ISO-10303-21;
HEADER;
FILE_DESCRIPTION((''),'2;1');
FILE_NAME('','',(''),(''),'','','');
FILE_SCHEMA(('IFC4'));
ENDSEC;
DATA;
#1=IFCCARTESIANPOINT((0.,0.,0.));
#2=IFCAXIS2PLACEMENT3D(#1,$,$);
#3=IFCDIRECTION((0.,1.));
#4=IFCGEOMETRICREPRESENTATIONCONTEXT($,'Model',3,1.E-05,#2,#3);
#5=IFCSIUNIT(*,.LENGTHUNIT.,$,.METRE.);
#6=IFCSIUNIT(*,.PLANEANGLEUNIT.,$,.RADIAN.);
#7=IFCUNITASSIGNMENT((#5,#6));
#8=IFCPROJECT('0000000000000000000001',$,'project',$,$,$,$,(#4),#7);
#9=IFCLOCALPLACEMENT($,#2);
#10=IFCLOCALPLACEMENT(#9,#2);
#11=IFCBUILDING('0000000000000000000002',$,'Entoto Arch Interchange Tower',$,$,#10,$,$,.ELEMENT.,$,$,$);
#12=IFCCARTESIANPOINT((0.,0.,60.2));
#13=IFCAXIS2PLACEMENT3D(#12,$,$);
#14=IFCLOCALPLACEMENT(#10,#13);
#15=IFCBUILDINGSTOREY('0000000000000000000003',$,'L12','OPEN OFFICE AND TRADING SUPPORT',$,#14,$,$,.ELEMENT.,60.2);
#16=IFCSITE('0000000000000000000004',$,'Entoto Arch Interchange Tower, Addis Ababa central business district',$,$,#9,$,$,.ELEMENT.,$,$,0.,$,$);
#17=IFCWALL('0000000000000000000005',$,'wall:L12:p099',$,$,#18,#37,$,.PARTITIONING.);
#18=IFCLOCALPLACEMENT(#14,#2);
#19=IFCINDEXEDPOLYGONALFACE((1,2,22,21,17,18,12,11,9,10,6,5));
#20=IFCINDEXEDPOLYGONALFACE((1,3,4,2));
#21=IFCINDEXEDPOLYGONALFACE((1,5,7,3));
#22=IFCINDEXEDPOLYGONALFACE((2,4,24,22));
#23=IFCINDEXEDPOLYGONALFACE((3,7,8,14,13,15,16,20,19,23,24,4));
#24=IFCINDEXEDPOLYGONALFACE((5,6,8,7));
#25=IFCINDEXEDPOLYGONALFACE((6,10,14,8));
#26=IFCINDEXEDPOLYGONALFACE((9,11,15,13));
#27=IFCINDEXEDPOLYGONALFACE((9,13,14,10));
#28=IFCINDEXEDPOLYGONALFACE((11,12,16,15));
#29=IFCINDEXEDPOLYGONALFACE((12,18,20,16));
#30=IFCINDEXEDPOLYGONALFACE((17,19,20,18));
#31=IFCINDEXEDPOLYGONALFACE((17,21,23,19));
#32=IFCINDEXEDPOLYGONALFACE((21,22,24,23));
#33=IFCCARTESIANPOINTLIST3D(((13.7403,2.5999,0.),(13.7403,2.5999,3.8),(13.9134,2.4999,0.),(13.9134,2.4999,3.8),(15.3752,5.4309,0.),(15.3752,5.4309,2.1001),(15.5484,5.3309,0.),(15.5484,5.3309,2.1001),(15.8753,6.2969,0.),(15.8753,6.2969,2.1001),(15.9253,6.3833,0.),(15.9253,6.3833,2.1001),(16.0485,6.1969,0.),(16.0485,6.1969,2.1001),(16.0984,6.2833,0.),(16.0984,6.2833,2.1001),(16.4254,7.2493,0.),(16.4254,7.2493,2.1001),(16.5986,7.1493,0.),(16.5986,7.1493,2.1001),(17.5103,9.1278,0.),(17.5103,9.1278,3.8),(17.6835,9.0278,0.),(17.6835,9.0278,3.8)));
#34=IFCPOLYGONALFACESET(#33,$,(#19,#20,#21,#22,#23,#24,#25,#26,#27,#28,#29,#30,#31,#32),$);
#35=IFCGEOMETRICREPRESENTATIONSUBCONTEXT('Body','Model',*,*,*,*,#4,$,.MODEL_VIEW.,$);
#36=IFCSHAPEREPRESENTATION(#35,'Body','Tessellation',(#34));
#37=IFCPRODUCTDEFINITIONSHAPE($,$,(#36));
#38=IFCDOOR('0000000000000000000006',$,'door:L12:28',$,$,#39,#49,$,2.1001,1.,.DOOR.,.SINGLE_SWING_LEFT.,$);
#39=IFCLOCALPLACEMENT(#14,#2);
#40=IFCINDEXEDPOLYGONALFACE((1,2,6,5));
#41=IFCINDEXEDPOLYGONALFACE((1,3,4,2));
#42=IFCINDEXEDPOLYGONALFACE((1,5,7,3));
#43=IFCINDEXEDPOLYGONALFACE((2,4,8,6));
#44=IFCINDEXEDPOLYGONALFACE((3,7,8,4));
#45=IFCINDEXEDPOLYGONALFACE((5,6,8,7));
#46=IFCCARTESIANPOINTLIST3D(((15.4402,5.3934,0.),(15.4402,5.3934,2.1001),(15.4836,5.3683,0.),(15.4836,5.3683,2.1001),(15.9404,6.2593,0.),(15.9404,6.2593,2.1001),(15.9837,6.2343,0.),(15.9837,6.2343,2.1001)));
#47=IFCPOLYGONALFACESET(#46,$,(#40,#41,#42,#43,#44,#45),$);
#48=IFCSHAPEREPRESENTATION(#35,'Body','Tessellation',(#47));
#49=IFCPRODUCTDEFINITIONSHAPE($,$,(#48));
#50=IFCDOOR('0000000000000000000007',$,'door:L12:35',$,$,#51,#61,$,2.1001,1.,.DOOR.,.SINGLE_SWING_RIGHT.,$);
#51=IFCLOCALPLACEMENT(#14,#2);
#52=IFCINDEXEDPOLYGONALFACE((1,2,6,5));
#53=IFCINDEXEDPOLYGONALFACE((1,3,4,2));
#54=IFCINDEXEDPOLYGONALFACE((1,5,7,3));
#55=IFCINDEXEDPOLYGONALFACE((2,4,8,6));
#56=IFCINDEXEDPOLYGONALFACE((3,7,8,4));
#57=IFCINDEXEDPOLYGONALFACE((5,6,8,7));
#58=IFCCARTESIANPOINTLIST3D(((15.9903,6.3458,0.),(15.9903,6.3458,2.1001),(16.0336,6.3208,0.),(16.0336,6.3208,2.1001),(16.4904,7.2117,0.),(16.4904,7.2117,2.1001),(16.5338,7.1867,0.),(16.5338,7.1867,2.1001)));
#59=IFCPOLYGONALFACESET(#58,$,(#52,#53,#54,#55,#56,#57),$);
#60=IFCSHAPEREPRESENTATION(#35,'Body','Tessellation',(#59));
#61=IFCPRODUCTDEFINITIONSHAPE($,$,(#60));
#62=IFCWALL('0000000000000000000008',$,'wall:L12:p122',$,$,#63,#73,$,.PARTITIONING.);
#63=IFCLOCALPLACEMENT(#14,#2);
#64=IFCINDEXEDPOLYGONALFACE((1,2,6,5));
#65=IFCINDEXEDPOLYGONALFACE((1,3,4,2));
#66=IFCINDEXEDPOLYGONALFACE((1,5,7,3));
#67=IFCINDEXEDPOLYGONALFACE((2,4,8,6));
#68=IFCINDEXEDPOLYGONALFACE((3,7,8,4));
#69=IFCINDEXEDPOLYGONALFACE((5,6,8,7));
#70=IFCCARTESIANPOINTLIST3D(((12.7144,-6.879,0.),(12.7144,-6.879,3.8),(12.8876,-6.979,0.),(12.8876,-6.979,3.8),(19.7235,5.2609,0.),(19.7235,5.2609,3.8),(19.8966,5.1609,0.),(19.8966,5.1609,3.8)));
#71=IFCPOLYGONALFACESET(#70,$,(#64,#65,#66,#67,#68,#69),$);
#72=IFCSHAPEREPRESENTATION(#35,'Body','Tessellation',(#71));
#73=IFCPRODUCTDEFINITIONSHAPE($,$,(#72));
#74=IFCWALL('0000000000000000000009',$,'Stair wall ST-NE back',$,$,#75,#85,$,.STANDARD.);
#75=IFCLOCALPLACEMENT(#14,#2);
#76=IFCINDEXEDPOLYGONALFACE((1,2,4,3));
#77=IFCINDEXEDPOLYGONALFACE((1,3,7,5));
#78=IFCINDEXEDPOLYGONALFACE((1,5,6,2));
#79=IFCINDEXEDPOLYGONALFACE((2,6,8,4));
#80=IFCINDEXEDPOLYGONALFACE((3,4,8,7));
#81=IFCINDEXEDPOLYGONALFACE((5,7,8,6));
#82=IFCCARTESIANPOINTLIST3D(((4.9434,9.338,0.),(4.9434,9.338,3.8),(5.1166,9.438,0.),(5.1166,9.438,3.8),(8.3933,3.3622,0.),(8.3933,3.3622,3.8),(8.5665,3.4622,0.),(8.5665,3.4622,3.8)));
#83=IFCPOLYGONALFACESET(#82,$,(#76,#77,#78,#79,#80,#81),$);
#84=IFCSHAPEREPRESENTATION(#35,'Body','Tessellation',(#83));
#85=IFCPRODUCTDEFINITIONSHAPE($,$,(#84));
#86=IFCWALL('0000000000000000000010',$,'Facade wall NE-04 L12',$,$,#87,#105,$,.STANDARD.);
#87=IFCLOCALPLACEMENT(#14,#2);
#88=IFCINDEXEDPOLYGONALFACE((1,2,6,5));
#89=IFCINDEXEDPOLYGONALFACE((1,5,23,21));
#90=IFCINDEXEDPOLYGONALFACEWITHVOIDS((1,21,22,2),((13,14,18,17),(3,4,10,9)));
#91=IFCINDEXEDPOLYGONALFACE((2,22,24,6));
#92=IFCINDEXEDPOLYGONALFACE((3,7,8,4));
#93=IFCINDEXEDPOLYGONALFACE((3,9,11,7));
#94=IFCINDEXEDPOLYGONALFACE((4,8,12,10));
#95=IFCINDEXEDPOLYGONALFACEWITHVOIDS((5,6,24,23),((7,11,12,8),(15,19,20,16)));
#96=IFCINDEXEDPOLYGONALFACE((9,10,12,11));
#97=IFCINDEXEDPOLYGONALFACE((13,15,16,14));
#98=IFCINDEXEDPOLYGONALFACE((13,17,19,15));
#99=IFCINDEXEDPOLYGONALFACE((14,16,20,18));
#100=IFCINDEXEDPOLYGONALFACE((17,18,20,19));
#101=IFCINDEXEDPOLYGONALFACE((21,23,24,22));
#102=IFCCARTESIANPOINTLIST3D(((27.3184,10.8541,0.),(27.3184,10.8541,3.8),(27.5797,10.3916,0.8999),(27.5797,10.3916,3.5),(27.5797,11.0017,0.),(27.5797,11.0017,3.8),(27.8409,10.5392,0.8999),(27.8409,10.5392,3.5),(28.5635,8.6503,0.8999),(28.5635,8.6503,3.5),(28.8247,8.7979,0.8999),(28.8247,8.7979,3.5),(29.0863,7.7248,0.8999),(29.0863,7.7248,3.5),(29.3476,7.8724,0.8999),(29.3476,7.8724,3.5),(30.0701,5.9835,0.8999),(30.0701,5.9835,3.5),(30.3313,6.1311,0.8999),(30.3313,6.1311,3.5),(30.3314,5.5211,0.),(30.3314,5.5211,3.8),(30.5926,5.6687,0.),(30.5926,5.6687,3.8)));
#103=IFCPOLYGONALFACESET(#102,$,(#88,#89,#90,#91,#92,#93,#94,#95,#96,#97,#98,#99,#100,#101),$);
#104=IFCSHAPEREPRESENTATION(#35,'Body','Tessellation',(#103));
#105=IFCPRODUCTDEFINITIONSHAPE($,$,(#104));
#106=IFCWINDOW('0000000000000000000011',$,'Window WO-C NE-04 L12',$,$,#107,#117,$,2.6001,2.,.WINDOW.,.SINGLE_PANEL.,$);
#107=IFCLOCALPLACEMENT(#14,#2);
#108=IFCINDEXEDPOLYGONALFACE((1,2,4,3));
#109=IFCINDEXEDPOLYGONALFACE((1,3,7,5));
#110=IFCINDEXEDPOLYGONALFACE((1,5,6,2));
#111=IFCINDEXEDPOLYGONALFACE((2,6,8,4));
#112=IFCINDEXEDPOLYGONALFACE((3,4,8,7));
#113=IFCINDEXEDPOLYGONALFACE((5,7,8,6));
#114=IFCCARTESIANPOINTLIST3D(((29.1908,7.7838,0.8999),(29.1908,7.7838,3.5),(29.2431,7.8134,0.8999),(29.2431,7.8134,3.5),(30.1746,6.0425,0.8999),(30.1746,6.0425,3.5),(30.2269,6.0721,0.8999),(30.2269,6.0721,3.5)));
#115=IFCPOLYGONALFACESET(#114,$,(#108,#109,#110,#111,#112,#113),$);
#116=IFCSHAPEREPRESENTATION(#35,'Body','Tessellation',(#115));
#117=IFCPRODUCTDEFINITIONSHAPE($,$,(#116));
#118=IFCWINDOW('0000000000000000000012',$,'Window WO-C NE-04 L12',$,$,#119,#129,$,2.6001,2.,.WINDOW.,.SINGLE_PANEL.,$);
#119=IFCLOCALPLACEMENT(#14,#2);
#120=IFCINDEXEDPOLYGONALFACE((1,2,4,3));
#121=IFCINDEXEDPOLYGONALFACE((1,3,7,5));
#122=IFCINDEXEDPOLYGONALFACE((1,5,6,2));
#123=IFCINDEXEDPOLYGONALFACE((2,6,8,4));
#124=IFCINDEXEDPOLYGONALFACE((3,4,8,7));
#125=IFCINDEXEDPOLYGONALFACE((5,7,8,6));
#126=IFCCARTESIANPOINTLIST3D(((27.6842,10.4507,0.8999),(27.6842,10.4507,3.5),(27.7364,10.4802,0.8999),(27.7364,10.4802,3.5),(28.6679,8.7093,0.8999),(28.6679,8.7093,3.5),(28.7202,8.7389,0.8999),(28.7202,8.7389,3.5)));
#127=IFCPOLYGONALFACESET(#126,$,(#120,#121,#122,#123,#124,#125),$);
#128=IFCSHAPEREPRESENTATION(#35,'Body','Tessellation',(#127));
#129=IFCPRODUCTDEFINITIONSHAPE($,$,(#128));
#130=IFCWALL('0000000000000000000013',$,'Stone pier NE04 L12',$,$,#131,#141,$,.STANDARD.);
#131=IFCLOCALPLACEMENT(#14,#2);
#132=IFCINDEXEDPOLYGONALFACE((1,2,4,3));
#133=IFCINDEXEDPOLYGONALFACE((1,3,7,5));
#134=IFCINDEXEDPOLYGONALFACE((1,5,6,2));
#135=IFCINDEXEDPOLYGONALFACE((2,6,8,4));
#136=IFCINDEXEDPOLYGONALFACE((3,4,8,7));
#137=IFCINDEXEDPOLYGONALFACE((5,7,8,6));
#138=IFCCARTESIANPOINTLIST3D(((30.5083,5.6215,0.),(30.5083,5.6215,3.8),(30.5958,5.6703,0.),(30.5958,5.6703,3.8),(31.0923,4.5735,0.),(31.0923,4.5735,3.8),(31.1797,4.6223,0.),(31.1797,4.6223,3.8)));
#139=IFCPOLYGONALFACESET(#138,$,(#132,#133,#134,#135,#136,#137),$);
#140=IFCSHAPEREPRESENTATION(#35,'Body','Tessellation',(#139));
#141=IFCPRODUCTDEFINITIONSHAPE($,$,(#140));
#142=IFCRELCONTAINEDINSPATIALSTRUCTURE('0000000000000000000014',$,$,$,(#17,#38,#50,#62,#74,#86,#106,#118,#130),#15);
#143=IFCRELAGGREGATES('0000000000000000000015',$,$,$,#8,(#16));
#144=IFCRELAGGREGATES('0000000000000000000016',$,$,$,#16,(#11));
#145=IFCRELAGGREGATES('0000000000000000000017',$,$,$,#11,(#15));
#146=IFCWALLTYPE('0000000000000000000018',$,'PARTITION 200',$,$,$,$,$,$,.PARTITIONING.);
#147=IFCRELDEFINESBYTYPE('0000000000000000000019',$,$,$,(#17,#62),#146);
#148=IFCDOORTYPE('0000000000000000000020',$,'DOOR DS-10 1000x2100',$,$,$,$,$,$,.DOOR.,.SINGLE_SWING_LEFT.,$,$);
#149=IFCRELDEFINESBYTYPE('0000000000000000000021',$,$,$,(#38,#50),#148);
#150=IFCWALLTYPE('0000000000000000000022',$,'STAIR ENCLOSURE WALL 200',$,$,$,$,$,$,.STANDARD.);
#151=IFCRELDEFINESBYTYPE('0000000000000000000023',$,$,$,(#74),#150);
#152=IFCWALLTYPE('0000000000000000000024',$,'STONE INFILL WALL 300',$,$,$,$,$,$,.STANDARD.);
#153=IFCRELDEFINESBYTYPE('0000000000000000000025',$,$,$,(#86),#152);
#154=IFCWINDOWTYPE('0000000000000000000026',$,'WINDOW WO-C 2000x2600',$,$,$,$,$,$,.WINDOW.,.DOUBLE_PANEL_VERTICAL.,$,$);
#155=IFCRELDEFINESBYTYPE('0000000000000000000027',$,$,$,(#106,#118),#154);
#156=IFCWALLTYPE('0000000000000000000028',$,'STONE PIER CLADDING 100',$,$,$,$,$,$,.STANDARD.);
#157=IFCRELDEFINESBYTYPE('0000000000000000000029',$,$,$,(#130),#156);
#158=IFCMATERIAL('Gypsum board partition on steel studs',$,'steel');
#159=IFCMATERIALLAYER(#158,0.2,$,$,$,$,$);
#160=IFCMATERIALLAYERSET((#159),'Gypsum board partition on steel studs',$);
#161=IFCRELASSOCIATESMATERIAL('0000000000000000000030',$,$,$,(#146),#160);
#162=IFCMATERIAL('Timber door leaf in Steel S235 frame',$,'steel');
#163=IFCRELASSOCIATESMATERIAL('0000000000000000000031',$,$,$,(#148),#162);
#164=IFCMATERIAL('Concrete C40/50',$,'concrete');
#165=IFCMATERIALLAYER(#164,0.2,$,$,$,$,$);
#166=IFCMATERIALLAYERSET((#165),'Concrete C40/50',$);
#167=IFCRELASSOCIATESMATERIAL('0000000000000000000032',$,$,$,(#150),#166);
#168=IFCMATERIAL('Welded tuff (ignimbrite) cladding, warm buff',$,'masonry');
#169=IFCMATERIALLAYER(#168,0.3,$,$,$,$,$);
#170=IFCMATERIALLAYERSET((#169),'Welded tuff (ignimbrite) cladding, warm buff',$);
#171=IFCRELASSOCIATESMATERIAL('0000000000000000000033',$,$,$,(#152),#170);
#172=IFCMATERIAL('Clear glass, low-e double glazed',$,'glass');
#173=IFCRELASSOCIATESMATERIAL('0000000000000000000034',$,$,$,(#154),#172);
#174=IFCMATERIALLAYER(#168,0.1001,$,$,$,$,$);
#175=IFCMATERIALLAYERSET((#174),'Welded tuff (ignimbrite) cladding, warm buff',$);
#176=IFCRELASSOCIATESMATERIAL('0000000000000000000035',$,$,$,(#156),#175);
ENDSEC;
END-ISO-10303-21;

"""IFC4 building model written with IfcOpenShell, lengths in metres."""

from ifc_helpers import new_model, si_unit, direction, frame, frame_2d, origin, place, context, subcontext, project, spatial, rectangle, extrude, material, layer, layer_set, type_object, element, fill, save


model = new_model("IFC4")

# Units and contexts
model_context = context("Model", 3, precision=1e-05, world=origin(), true_north=direction((0.0, 1.0)))
body_context = subcontext(model_context, "Body", "Model", "MODEL_VIEW")
ifc_project = project(units=[si_unit("LENGTHUNIT", "METRE"), si_unit("PLANEANGLEUNIT", "RADIAN")], contexts=[model_context])

# Site, building, storey
site_placement = place(None, origin())
site = spatial("IfcSite", under=ifc_project, at=site_placement, Name="Entoto Arch Interchange Tower, Addis Ababa central business district", CompositionType="ELEMENT", RefElevation=0.0)
building_placement = place(site_placement, origin())
building = spatial("IfcBuilding", under=site, at=building_placement, Name="Entoto Arch Interchange Tower", CompositionType="ELEMENT")
storey_placement = place(building_placement, frame((0.0, 0.0, 60.2)))
storey = spatial("IfcBuildingStorey", under=building, at=storey_placement, Name="L12", Description="OPEN OFFICE AND TRADING SUPPORT", CompositionType="ELEMENT", Elevation=60.2)

# Shared definitions
ifc_material_1 = material(Name="Concrete C40/50", Category="concrete")
ifc_material_2 = material(Name="Gypsum board partition on steel studs", Category="steel")
ifc_layer_1 = layer(ifc_material_2, 0.2)
ifc_layer_set_1 = layer_set([ifc_layer_1], Name="Gypsum board partition on steel studs")
wall_type_1 = type_object("IfcWallType", Name="PARTITION 200", PredefinedType="PARTITIONING", material=ifc_layer_set_1)

# Shared definitions
ifc_material_3 = material(Name="Timber door leaf in Steel S235 frame", Category="steel")
door_type = type_object("IfcDoorType", Name="DOOR DS-10 1000x2100", OperationType="SINGLE_SWING_LEFT", PredefinedType="DOOR", material=ifc_material_3)

# Wall, openings, doors
wall_1_placement = place(storey_placement, frame((13.8269, 2.55, 0.0), z_axis=(0.0, 0.0, 1.0), x_axis=(0.500117, 0.865958, 0.0)))
wall_1 = element("IfcWall", 1, at=wall_1_placement, inside=storey, type_object=wall_type_1, Name="wall:L12:p099", PredefinedType="PARTITIONING", context=body_context, shape_type="SweptSolid", body=[
    extrude(rectangle(XDim=7.5383, YDim=0.2, at=frame_2d((3.769, 0.0))), origin(), (0.0, 0.0, 1.0), 3.8),
])
opening_1_placement = place(wall_1_placement, frame((3.269, 0.0, 0.0)))
opening_1 = element("IfcOpeningElement", 2, at=opening_1_placement, cuts=wall_1, PredefinedType="OPENING", context=body_context, shape_type="SweptSolid", body=[
    extrude(rectangle(XDim=1.0, YDim=2.1001, at=frame_2d((0.5, 1.05))), frame((0.0, 0.1099, 0.0), z_axis=(0.0, -1.0, 0.0), x_axis=(1.0, 0.0, 0.0)), (0.0, 0.0, 1.0), 0.22),
])
opening_2_placement = place(wall_1_placement, frame((4.3689, 0.0, 0.0)))
opening_2 = element("IfcOpeningElement", 3, at=opening_2_placement, cuts=wall_1, PredefinedType="OPENING", context=body_context, shape_type="SweptSolid", body=[
    extrude(rectangle(XDim=1.0, YDim=2.1001, at=frame_2d((0.5, 1.05))), frame((0.0, 0.1099, 0.0), z_axis=(0.0, -1.0, 0.0), x_axis=(1.0, 0.0, 0.0)), (0.0, 0.0, 1.0), 0.22),
])
door_1_placement = place(opening_1_placement, origin())
door_1 = element("IfcDoor", 4, at=door_1_placement, inside=storey, type_object=door_type, Name="door:L12:28", OperationType="SINGLE_SWING_LEFT", OverallHeight=2.1001, OverallWidth=1.0, PredefinedType="DOOR", context=body_context, shape_type="SweptSolid", body=[
    extrude(rectangle(XDim=1.0, YDim=2.1001, at=frame_2d((0.5, 1.05))), frame((0.0, 0.0249, 0.0), z_axis=(0.0, -1.0, 0.0), x_axis=(1.0, 0.0, 0.0)), (0.0, 0.0, 1.0), 0.05),
])
fill(opening_1, door_1)
door_2_placement = place(opening_2_placement, origin())
door_2 = element("IfcDoor", 5, at=door_2_placement, inside=storey, type_object=door_type, Name="door:L12:35", OperationType="SINGLE_SWING_RIGHT", OverallHeight=2.1001, OverallWidth=1.0, PredefinedType="DOOR", context=body_context, shape_type="SweptSolid", body=[
    extrude(rectangle(XDim=1.0, YDim=2.1001, at=frame_2d((0.5, 1.05))), frame((0.0, 0.0249, 0.0), z_axis=(0.0, -1.0, 0.0), x_axis=(1.0, 0.0, 0.0)), (0.0, 0.0, 1.0), 0.05),
])
fill(opening_2, door_2)

# Walls
wall_2_placement = place(storey_placement, frame((19.8101, 5.2109, 0.0), z_axis=(0.0, 0.0, 1.0), x_axis=(-0.500003, -0.866023, 0.0)))
element("IfcWall", 6, at=wall_2_placement, inside=storey, type_object=wall_type_1, Name="wall:L12:p122", PredefinedType="PARTITIONING", context=body_context, shape_type="SweptSolid", body=[
    extrude(rectangle(XDim=14.0181, YDim=0.2, at=frame_2d((7.009, 0.0))), origin(), (0.0, 0.0, 1.0), 3.8),
])
ifc_layer_2 = layer(ifc_material_1, 0.2)
ifc_layer_set_2 = layer_set([ifc_layer_2], Name="Concrete C40/50")
wall_type_2 = type_object("IfcWallType", Name="STAIR ENCLOSURE WALL 200", PredefinedType="STANDARD", material=ifc_layer_set_2)
wall_3_placement = place(storey_placement, frame((8.48, 3.4121, 0.0), z_axis=(0.0, 0.0, 1.0), x_axis=(-0.499979, 0.866038, 0.0)))
element("IfcWall", 7, at=wall_3_placement, inside=storey, type_object=wall_type_2, Name="Stair wall ST-NE back", PredefinedType="STANDARD", context=body_context, shape_type="SweptSolid", body=[
    extrude(rectangle(XDim=6.9001, YDim=0.2, at=frame_2d((3.4502, 0.0))), origin(), (0.0, 0.0, 1.0), 3.8),
])

# Wall, openings, windows
ifc_material_4 = material(Name="Welded tuff (ignimbrite) cladding, warm buff", Category="masonry")
ifc_layer_3 = layer(ifc_material_4, 0.3)
ifc_layer_set_3 = layer_set([ifc_layer_3], Name="Welded tuff (ignimbrite) cladding, warm buff")
wall_type_3 = type_object("IfcWallType", Name="STONE INFILL WALL 300", PredefinedType="STANDARD", material=ifc_layer_set_3)
wall_4_placement = place(storey_placement, frame((30.4619, 5.595, 0.0), z_axis=(0.0, 0.0, 1.0), x_axis=(-0.491888, 0.870659, 0.0)))
wall_4 = element("IfcWall", 8, at=wall_4_placement, inside=storey, type_object=wall_type_3, Name="Facade wall NE-04 L12", PredefinedType="STANDARD", context=body_context, shape_type="SweptSolid", body=[
    extrude(rectangle(XDim=6.1252, YDim=0.3, at=frame_2d((3.0625, 0.0))), origin(), (0.0, 0.0, 1.0), 3.8),
])
opening_3_placement = place(wall_4_placement, frame((0.531, 0.0, 0.8999)))
opening_3 = element("IfcOpeningElement", 9, at=opening_3_placement, cuts=wall_4, PredefinedType="OPENING", context=body_context, shape_type="SweptSolid", body=[
    extrude(rectangle(XDim=2.0, YDim=2.6001, at=frame_2d((1.0, 1.3))), frame((0.0, 0.1602, 0.0), z_axis=(0.0, -1.0, 0.0), x_axis=(1.0, 0.0, 0.0)), (0.0, 0.0, 1.0), 0.3201),
])
opening_4_placement = place(wall_4_placement, frame((3.594, 0.0, 0.8999)))
opening_4 = element("IfcOpeningElement", 10, at=opening_4_placement, cuts=wall_4, PredefinedType="OPENING", context=body_context, shape_type="SweptSolid", body=[
    extrude(rectangle(XDim=2.0, YDim=2.6001, at=frame_2d((1.0, 1.3))), frame((0.0, 0.1602, 0.0), z_axis=(0.0, -1.0, 0.0), x_axis=(1.0, 0.0, 0.0)), (0.0, 0.0, 1.0), 0.3201),
])
ifc_material_5 = material(Name="Clear glass, low-e double glazed", Category="glass")
window_type = type_object("IfcWindowType", Name="WINDOW WO-C 2000x2600", PartitioningType="DOUBLE_PANEL_VERTICAL", PredefinedType="WINDOW", material=ifc_material_5)
window_1_placement = place(opening_3_placement, origin())
window_1 = element("IfcWindow", 11, at=window_1_placement, inside=storey, type_object=window_type, Name="Window WO-C NE-04 L12", OverallHeight=2.6001, OverallWidth=2.0, PartitioningType="SINGLE_PANEL", PredefinedType="WINDOW", context=body_context, shape_type="SweptSolid", body=[
    extrude(rectangle(XDim=2.0, YDim=2.6001, at=frame_2d((1.0, 1.3))), frame((0.0, 0.03, 0.0), z_axis=(0.0, -1.0, 0.0), x_axis=(1.0, 0.0, 0.0)), (0.0, 0.0, 1.0), 0.0601),
])
fill(opening_3, window_1)
window_2_placement = place(opening_4_placement, origin())
window_2 = element("IfcWindow", 12, at=window_2_placement, inside=storey, type_object=window_type, Name="Window WO-C NE-04 L12", OverallHeight=2.6001, OverallWidth=2.0, PartitioningType="SINGLE_PANEL", PredefinedType="WINDOW", context=body_context, shape_type="SweptSolid", body=[
    extrude(rectangle(XDim=2.0, YDim=2.6001, at=frame_2d((1.0, 1.3))), frame((0.0, 0.03, 0.0), z_axis=(0.0, -1.0, 0.0), x_axis=(1.0, 0.0, 0.0)), (0.0, 0.0, 1.0), 0.0601),
])
fill(opening_4, window_2)

# Wall
ifc_layer_4 = layer(ifc_material_4, 0.1001)
ifc_layer_set_4 = layer_set([ifc_layer_4], Name="Welded tuff (ignimbrite) cladding, warm buff")
wall_type_4 = type_object("IfcWallType", Name="STONE PIER CLADDING 100", PredefinedType="STANDARD", material=ifc_layer_set_4)
wall_5_placement = place(storey_placement, frame((31.136, 4.5979, 0.0), z_axis=(0.0, 0.0, 1.0), x_axis=(-0.486731, 0.873552, 0.0)))
element("IfcWall", 13, at=wall_5_placement, inside=storey, type_object=wall_type_4, Name="Stone pier NE04 L12", PredefinedType="STANDARD", context=body_context, shape_type="SweptSolid", body=[
    extrude(rectangle(XDim=1.1997, YDim=0.1001, at=frame_2d((0.5999, 0.0))), origin(), (0.0, 0.0, 1.0), 3.8),
])

save(model, "model.ifc")
